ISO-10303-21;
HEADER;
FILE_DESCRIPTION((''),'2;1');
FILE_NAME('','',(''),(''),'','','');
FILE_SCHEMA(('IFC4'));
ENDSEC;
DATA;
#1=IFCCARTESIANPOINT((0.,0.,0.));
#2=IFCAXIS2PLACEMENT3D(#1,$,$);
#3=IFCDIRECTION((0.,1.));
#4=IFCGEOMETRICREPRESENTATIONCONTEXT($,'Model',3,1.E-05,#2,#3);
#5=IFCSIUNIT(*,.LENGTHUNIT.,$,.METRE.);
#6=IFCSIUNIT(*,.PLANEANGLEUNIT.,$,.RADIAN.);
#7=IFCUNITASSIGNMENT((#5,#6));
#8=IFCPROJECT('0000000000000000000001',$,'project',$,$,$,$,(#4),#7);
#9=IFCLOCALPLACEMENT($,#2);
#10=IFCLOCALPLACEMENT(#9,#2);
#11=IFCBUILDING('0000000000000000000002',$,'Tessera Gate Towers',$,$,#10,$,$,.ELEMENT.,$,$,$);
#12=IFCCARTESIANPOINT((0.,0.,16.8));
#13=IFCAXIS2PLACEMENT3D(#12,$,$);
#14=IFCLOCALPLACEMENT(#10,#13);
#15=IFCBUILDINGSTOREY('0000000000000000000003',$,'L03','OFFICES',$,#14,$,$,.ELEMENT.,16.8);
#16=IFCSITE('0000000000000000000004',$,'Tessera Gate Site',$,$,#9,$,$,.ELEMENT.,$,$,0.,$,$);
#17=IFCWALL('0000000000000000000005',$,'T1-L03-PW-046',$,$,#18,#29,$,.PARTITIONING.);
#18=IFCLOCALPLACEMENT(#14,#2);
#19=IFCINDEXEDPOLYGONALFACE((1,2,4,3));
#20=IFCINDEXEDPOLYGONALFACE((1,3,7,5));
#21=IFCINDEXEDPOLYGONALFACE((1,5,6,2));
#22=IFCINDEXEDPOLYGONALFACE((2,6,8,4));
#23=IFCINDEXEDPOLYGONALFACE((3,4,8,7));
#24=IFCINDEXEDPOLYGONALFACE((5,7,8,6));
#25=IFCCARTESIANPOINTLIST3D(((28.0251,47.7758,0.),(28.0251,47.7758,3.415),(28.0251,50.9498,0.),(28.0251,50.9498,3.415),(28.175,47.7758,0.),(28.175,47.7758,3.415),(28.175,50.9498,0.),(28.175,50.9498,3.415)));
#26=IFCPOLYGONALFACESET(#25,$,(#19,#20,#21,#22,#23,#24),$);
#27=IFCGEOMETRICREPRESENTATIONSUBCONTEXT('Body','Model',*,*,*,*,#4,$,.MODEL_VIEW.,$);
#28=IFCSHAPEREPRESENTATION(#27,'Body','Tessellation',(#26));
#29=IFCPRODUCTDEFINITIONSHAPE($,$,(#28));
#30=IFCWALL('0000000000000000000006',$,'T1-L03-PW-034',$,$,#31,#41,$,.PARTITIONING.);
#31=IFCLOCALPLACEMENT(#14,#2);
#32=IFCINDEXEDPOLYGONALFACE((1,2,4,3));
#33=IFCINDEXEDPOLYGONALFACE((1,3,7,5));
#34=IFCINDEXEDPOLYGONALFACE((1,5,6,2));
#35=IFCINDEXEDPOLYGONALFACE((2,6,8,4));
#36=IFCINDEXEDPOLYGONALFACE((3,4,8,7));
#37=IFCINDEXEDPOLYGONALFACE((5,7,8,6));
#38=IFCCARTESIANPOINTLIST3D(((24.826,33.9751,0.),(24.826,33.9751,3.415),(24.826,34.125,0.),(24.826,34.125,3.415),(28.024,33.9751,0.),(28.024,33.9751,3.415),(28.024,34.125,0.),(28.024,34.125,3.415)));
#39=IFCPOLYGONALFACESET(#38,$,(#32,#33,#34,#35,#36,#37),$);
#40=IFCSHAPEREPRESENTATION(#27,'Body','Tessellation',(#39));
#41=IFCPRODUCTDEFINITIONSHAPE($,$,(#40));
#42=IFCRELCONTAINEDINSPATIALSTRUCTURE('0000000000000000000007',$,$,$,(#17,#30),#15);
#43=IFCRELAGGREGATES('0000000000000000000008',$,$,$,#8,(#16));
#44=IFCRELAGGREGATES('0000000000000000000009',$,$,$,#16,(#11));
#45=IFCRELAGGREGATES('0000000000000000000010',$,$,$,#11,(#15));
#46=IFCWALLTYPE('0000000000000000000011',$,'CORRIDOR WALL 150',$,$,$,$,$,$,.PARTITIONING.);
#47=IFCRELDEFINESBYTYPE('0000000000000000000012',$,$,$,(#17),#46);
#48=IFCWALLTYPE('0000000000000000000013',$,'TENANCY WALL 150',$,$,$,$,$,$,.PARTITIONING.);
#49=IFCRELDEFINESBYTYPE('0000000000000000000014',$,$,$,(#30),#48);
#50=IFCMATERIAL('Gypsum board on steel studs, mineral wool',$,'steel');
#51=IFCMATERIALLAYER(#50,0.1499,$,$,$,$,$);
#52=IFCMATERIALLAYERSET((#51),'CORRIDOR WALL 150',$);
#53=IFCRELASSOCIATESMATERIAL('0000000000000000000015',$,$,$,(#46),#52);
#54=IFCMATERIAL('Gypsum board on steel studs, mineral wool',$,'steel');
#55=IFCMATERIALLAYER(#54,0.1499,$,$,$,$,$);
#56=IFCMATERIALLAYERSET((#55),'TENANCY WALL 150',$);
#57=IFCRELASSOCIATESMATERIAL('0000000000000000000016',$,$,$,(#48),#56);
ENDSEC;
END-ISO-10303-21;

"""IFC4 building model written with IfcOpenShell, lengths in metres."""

from ifc_helpers import new_model, si_unit, direction, frame, frame_2d, origin, place, context, subcontext, project, spatial, rectangle, extrude, material, layer, layer_set, type_object, element, save


model = new_model("IFC4")

# Units and contexts
model_context = context("Model", 3, precision=1e-05, world=origin(), true_north=direction((0.0, 1.0)))
body_context = subcontext(model_context, "Body", "Model", "MODEL_VIEW")
ifc_project = project(units=[si_unit("LENGTHUNIT", "METRE"), si_unit("PLANEANGLEUNIT", "RADIAN")], contexts=[model_context])

# Site, building, storey
site_placement = place(None, origin())
site = spatial("IfcSite", under=ifc_project, at=site_placement, Name="Tessera Gate Site", CompositionType="ELEMENT", RefElevation=0.0)
building_placement = place(site_placement, origin())
building = spatial("IfcBuilding", under=site, at=building_placement, Name="Tessera Gate Towers", CompositionType="ELEMENT")
storey_placement = place(building_placement, frame((0.0, 0.0, 16.8)))
storey = spatial("IfcBuildingStorey", under=building, at=storey_placement, Name="L03", Description="OFFICES", CompositionType="ELEMENT", Elevation=16.8)

# Walls
ifc_material_1 = material(Name="Gypsum board on steel studs, mineral wool", Category="steel")
ifc_layer_1 = layer(ifc_material_1, 0.1499)
ifc_layer_set_1 = layer_set([ifc_layer_1], Name="CORRIDOR WALL 150")
wall_type_1 = type_object("IfcWallType", Name="CORRIDOR WALL 150", PredefinedType="PARTITIONING", material=ifc_layer_set_1)
wall_1_placement = place(storey_placement, frame((28.1001, 47.7759, 0.0), z_axis=(0.0, 0.0, 1.0), x_axis=(0.0, 1.0, 0.0)))
element("IfcWall", 1, at=wall_1_placement, inside=storey, type_object=wall_type_1, Name="T1-L03-PW-046", PredefinedType="PARTITIONING", context=body_context, shape_type="SweptSolid", body=[
    extrude(rectangle(XDim=3.1741, YDim=0.1499, at=frame_2d((1.5869, 0.0))), origin(), (0.0, 0.0, 1.0), 3.415),
])
ifc_material_2 = material(Name="Gypsum board on steel studs, mineral wool", Category="steel")
ifc_layer_2 = layer(ifc_material_2, 0.1499)
ifc_layer_set_2 = layer_set([ifc_layer_2], Name="TENANCY WALL 150")
wall_type_2 = type_object("IfcWallType", Name="TENANCY WALL 150", PredefinedType="PARTITIONING", material=ifc_layer_set_2)
wall_2_placement = place(storey_placement, frame((24.8259, 34.05, 0.0), z_axis=(0.0, 0.0, 1.0), x_axis=(1.0, 0.0, 0.0)))
element("IfcWall", 2, at=wall_2_placement, inside=storey, type_object=wall_type_2, Name="T1-L03-PW-034", PredefinedType="PARTITIONING", context=body_context, shape_type="SweptSolid", body=[
    extrude(rectangle(XDim=3.198, YDim=0.1499, at=frame_2d((1.5991, 0.0))), origin(), (0.0, 0.0, 1.0), 3.415),
])

save(model, "model.ifc")
